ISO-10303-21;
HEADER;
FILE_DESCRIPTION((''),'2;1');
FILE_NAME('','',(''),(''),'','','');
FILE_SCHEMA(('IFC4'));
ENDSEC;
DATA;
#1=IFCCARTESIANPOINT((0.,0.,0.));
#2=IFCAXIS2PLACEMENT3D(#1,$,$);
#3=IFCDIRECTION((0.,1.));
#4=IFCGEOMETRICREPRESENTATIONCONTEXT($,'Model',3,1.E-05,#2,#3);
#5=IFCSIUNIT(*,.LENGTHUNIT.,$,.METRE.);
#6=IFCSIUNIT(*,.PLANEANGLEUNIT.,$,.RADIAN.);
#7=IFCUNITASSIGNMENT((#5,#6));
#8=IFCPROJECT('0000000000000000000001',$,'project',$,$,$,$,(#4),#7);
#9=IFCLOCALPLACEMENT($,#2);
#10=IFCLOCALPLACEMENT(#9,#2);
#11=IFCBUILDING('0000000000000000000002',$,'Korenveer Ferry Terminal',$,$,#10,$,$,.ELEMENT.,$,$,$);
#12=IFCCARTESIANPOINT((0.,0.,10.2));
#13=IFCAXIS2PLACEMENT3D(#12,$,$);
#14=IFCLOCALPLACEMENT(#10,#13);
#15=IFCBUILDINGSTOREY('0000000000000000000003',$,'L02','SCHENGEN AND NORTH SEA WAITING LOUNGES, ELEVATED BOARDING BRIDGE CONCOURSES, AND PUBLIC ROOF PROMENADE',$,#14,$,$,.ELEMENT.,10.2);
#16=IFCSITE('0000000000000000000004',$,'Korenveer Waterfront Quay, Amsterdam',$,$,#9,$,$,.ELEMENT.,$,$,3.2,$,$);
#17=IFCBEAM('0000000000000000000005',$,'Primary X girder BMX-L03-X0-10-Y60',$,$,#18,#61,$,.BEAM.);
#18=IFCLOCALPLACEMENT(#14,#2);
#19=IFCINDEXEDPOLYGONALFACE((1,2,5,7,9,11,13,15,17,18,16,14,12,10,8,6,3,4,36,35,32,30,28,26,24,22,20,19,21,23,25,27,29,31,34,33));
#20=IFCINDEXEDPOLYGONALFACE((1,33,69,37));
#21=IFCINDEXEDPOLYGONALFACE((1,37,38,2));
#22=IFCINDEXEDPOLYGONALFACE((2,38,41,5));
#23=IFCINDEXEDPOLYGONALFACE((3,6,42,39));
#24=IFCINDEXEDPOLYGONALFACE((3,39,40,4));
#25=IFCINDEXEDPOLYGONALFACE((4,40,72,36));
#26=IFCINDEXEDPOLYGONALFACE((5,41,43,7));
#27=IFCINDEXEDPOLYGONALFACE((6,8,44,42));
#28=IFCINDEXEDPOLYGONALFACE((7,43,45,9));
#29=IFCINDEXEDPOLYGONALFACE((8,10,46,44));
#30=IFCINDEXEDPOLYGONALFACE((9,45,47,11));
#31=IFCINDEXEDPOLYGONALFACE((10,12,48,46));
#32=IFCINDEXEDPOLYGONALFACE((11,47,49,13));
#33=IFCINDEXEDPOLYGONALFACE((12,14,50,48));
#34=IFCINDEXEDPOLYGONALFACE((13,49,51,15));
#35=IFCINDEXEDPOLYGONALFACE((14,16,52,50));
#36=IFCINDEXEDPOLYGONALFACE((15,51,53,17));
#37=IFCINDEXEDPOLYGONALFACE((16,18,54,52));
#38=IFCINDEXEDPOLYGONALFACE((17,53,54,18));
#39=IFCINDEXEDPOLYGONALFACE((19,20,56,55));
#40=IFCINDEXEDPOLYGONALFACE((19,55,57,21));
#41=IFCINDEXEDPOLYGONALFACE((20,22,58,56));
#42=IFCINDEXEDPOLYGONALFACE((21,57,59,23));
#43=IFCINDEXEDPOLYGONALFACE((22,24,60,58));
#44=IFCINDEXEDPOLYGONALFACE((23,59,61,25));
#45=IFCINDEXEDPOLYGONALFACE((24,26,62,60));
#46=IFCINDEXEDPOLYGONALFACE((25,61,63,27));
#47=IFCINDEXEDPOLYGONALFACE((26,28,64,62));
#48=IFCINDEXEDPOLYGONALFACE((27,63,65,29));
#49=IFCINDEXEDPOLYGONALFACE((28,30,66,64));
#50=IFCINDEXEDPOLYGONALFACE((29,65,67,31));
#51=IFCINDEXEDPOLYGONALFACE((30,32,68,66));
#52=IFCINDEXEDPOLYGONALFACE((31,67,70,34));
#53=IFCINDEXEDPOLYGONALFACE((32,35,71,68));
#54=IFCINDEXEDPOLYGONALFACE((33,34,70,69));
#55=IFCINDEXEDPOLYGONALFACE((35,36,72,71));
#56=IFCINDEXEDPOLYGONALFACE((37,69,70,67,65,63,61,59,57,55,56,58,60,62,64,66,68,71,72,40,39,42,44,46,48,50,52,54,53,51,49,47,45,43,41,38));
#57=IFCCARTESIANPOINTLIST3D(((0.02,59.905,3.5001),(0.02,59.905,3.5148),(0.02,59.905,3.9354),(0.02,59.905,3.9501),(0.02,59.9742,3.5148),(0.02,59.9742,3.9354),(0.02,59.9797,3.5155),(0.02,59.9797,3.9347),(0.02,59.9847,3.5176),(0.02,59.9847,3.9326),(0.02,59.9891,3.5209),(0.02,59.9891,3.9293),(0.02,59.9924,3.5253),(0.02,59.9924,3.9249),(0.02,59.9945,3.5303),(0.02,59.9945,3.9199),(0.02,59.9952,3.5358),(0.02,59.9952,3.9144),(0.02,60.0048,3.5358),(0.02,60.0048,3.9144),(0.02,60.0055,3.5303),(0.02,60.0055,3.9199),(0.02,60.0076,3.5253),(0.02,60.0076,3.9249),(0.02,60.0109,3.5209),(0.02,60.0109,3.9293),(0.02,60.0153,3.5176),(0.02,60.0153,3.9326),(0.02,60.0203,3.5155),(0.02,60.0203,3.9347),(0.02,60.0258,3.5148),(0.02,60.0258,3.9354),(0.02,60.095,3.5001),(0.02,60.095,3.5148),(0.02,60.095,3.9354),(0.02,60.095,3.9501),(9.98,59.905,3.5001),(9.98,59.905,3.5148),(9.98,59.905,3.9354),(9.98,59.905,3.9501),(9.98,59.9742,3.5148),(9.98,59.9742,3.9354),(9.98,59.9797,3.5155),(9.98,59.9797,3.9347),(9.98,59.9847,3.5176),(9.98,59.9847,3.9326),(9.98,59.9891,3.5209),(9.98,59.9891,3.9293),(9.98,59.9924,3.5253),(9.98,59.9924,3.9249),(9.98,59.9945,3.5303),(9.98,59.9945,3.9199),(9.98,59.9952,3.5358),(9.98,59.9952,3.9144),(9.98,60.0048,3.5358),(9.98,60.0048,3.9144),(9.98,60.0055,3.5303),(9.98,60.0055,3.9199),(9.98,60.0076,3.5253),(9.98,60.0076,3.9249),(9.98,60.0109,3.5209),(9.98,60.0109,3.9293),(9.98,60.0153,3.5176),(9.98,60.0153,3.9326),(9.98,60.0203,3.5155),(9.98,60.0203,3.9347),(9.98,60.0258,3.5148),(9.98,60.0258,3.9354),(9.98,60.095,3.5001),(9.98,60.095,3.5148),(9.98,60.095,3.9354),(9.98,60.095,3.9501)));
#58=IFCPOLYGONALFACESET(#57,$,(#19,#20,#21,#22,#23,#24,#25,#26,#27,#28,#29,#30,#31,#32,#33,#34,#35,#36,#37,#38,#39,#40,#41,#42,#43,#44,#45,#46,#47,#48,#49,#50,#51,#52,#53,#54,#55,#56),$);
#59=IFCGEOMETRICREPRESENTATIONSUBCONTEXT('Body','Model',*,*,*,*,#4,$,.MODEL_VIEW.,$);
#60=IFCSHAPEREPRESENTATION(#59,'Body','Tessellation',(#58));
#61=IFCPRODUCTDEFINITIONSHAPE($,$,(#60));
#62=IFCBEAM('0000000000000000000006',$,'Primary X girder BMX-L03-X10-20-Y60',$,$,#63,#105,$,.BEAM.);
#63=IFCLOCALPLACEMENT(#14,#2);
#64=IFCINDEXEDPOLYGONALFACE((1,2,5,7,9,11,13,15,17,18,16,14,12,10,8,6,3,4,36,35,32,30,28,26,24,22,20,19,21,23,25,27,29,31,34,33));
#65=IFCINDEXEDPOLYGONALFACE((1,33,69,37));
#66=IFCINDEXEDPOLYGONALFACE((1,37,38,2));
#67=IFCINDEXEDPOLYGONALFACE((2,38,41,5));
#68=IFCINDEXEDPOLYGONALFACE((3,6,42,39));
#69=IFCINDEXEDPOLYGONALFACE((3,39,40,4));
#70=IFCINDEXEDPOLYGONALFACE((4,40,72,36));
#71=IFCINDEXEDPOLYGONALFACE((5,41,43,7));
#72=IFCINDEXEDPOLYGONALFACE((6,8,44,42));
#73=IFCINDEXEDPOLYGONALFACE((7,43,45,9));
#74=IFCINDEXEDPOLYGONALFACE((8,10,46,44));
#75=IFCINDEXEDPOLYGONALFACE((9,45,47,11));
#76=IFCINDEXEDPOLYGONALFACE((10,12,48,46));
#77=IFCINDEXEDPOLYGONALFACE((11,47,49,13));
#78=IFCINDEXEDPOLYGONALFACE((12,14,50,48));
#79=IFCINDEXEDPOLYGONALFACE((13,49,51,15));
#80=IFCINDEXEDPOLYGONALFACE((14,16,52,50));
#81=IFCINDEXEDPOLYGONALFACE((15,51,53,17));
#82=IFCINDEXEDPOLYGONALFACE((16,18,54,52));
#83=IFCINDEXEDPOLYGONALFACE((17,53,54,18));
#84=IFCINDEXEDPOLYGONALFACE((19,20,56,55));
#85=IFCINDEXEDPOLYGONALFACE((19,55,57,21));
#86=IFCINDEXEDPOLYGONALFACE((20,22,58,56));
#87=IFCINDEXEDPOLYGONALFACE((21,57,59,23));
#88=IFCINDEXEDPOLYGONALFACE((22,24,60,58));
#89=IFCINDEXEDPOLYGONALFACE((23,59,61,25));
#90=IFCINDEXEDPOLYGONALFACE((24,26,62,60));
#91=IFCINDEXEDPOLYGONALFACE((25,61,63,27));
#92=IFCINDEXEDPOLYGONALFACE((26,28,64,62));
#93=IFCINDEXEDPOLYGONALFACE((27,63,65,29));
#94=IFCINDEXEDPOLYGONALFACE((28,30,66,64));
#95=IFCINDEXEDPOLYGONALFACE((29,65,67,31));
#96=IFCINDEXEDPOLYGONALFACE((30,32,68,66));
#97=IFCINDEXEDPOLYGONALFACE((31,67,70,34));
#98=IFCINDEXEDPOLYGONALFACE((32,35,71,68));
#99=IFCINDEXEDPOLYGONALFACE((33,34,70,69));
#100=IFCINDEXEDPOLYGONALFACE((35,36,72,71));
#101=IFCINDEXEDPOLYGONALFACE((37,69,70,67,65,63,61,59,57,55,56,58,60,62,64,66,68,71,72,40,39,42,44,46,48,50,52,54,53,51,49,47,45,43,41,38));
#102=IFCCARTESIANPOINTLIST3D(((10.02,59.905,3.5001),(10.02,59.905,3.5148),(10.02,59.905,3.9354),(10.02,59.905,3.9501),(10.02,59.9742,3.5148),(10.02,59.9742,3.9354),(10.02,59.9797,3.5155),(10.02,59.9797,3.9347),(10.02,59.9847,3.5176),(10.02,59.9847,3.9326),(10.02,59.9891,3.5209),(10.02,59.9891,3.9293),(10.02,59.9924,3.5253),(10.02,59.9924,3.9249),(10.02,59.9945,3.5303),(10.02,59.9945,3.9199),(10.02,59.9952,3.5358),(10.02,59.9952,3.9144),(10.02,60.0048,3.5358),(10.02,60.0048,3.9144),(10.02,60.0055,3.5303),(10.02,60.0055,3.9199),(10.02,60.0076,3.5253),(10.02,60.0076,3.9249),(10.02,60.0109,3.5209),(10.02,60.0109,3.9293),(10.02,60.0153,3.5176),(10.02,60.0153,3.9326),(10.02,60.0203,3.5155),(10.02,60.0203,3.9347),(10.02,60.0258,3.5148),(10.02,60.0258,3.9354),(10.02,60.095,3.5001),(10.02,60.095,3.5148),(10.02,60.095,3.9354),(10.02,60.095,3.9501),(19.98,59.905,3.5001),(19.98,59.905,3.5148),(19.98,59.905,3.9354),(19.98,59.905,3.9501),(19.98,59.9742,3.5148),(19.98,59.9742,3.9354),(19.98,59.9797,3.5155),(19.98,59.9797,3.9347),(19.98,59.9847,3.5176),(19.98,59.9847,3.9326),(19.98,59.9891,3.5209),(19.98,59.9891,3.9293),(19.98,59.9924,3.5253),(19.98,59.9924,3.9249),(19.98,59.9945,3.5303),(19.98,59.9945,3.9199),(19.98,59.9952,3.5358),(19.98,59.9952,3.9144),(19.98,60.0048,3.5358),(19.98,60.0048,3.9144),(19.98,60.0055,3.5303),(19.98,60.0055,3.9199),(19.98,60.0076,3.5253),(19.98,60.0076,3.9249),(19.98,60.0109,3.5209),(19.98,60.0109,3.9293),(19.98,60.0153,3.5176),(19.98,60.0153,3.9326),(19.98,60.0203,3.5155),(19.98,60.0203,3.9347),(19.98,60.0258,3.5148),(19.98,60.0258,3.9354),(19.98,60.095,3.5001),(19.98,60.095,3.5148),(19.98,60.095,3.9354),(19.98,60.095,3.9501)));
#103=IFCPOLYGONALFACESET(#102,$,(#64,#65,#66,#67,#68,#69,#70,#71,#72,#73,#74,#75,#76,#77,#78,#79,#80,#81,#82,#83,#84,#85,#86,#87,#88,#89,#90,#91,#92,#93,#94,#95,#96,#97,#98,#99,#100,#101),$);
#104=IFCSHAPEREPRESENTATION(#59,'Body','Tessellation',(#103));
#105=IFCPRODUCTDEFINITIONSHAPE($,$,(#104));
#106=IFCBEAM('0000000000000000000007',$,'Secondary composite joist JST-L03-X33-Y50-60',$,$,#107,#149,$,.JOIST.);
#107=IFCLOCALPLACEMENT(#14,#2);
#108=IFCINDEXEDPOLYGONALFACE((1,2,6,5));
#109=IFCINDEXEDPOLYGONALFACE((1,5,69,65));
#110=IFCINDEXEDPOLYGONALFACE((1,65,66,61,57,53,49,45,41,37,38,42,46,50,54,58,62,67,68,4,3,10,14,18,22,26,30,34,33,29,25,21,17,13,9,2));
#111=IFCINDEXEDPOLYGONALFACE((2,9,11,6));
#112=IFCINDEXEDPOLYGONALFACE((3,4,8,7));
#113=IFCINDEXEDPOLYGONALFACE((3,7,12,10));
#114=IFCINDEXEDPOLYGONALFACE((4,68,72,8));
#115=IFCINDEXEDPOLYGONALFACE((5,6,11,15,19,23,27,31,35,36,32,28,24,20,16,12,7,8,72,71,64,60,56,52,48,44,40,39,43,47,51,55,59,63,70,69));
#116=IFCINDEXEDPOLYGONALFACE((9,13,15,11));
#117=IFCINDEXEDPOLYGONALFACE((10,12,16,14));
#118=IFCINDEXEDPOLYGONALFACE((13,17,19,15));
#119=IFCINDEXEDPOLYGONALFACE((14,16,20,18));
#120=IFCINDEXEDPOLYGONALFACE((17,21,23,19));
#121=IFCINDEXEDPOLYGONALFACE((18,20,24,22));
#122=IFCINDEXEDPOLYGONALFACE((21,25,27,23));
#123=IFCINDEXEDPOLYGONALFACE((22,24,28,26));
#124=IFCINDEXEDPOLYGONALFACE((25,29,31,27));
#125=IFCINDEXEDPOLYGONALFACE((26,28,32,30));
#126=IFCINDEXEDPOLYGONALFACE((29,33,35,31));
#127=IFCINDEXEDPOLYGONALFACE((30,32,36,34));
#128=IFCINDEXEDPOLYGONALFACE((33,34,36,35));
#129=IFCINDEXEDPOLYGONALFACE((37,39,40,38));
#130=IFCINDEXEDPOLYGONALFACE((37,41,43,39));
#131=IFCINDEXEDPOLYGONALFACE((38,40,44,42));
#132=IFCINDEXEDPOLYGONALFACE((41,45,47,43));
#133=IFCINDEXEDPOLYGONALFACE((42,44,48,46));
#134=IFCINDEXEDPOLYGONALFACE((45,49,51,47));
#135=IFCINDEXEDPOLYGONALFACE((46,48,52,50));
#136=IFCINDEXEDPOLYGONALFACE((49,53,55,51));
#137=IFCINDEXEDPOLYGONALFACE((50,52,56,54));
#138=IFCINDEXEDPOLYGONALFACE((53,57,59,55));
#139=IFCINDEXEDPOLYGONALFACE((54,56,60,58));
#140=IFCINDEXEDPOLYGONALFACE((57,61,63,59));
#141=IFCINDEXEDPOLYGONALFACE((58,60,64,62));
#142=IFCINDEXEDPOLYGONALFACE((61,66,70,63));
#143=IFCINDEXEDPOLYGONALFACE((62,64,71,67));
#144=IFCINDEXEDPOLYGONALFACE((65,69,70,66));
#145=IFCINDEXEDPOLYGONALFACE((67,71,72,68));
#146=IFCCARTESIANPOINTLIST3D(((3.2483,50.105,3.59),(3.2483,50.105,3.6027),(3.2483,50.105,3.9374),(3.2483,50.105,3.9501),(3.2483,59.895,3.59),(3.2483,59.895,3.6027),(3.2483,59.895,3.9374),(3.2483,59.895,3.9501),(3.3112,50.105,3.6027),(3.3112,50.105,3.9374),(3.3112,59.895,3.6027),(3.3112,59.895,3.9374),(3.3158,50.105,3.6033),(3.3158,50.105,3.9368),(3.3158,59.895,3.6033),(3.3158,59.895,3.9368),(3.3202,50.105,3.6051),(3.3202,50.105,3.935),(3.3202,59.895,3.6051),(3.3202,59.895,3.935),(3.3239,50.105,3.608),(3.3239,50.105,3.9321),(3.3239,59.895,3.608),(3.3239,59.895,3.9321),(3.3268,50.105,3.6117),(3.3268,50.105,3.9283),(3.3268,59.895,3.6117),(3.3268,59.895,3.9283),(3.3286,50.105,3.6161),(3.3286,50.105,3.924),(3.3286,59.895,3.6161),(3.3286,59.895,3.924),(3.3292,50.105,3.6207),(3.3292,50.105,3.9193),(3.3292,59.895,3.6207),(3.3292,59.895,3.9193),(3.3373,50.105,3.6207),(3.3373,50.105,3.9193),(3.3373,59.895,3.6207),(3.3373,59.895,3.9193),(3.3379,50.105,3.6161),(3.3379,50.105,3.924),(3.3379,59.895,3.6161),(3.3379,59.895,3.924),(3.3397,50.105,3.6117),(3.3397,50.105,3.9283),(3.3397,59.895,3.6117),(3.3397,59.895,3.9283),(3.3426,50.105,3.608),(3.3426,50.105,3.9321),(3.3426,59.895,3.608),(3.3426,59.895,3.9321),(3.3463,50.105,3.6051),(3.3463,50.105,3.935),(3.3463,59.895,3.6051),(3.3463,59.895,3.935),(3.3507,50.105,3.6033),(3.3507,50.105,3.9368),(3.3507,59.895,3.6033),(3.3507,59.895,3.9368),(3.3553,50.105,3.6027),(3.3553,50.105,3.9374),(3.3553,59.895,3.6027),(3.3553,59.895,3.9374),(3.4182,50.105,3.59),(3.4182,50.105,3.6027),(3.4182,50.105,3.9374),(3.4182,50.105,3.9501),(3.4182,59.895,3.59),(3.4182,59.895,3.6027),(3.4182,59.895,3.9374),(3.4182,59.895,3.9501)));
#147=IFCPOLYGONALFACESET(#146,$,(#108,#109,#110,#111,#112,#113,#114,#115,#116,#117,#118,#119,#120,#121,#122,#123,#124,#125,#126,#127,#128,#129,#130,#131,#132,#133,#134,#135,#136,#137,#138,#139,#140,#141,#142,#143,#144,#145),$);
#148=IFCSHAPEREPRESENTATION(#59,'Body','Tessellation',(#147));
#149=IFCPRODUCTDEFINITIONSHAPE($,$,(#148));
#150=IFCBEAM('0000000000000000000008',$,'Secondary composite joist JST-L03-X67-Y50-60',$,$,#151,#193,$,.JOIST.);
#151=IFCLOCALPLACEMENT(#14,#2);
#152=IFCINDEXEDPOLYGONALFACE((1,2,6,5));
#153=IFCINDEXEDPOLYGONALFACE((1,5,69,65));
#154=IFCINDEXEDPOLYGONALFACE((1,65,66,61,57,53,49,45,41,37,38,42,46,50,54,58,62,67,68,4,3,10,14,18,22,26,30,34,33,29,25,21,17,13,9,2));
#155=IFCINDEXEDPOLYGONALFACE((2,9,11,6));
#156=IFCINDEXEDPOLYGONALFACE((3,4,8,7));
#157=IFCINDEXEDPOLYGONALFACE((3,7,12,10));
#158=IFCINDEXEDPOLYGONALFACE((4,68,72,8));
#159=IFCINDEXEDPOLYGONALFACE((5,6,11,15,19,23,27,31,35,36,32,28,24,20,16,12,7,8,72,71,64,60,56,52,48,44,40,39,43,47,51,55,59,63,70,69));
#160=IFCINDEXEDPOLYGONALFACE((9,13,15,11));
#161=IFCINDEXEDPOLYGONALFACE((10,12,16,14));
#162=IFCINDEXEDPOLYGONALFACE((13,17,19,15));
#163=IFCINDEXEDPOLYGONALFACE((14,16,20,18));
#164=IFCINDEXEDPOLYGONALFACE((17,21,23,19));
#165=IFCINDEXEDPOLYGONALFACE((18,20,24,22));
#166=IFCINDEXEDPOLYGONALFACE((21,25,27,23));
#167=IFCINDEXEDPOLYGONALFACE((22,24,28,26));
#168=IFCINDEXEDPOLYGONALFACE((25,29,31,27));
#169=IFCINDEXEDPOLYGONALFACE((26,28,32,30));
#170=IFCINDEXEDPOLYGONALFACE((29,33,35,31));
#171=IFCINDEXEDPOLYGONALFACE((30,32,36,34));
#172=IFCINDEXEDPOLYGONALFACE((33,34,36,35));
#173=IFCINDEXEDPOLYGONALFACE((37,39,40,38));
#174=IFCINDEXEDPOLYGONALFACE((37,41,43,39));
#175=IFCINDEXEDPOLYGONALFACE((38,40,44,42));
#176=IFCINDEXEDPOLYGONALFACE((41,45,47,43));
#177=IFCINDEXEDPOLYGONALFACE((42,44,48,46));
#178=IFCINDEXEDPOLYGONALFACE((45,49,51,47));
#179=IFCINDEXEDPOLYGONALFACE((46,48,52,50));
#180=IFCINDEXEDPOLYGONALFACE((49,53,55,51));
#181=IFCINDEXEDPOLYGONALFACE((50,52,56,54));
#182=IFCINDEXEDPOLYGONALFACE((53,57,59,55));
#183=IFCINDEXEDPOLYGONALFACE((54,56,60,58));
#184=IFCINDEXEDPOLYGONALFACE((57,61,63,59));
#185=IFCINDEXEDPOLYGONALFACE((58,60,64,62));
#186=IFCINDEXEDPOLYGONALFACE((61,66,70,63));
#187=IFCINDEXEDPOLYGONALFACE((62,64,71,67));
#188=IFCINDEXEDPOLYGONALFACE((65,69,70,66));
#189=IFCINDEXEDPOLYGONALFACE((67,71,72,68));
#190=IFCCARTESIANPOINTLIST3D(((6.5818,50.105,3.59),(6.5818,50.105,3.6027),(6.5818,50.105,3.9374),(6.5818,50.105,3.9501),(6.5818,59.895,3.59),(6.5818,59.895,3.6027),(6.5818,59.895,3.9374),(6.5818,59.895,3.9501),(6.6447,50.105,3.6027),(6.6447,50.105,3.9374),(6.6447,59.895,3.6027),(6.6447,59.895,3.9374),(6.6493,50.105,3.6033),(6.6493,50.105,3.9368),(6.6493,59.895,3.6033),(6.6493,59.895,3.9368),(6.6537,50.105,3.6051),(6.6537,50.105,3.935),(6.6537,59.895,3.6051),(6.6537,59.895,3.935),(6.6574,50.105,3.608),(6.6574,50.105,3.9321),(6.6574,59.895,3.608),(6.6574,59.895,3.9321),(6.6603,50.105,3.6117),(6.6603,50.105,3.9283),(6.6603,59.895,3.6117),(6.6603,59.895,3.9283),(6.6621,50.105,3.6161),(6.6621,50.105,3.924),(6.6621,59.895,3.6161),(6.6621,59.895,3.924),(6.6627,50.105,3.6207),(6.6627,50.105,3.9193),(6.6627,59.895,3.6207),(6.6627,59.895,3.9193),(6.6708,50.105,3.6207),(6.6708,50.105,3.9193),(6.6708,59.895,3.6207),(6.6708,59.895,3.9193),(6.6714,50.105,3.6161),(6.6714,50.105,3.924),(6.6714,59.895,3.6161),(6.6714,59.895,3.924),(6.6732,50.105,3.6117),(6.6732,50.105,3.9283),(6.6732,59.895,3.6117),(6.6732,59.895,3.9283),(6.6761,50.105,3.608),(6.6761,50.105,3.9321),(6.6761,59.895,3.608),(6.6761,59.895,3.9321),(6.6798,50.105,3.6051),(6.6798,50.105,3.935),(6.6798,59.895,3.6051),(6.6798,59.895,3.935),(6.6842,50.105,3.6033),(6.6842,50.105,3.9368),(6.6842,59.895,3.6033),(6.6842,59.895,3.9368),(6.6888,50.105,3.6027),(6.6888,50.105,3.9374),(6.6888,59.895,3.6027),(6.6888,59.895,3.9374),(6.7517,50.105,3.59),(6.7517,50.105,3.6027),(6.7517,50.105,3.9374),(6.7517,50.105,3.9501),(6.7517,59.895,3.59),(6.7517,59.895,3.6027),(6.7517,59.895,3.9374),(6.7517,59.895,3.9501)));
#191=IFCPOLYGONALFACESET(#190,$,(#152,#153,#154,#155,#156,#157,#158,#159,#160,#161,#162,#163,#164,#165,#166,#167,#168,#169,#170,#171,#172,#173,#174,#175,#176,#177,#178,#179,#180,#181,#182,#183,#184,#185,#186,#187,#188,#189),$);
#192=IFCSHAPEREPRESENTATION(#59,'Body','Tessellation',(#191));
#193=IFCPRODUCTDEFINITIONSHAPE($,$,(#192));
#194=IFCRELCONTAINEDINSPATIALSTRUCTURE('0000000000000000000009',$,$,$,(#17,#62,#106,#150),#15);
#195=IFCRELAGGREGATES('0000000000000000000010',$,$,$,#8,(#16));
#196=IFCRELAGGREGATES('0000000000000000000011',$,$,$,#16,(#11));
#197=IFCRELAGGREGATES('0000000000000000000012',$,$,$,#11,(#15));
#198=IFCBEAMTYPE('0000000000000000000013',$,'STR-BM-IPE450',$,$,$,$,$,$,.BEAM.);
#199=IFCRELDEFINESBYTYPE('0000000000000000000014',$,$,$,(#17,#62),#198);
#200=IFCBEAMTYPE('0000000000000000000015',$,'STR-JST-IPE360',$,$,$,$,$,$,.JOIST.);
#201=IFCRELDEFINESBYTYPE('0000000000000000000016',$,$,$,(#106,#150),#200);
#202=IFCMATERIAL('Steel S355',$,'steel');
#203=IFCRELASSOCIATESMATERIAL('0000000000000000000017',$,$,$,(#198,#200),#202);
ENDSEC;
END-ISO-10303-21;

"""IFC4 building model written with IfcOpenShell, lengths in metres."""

from ifc_helpers import new_model, si_unit, direction, frame, origin, origin_2d, place, context, subcontext, project, spatial, i_section, extrude, material, material_profile, profile_set, type_object, element, save


model = new_model("IFC4")

# Units and contexts
model_context = context("Model", 3, precision=1e-05, world=origin(), true_north=direction((0.0, 1.0)))
body_context = subcontext(model_context, "Body", "Model", "MODEL_VIEW")
ifc_project = project(units=[si_unit("LENGTHUNIT", "METRE"), si_unit("PLANEANGLEUNIT", "RADIAN")], contexts=[model_context])

# Site, building, storey
site_placement = place(None, origin())
site = spatial("IfcSite", under=ifc_project, at=site_placement, Name="Korenveer Waterfront Quay, Amsterdam", CompositionType="ELEMENT", RefElevation=3.2)
building_placement = place(site_placement, origin())
building = spatial("IfcBuilding", under=site, at=building_placement, Name="Korenveer Ferry Terminal", CompositionType="ELEMENT")
storey_placement = place(building_placement, frame((0.0, 0.0, 10.2)))
storey = spatial("IfcBuildingStorey", under=building, at=storey_placement, Name="L02", Description="SCHENGEN AND NORTH SEA WAITING LOUNGES, ELEVATED BOARDING BRIDGE CONCOURSES, AND PUBLIC ROOF PROMENADE", CompositionType="ELEMENT", Elevation=10.2)

# Shared definitions
ifc_material_1 = material(Name="Steel S355", Category="steel")

# Beams
ifc_material_profile_1 = material_profile(ifc_material_1, i_section(OverallWidth=0.1899, OverallDepth=0.45, WebThickness=0.0095, FlangeThickness=0.0146, FilletRadius=0.021, at=origin_2d()), Name="IPE 450")
ifc_profile_set_1 = profile_set([ifc_material_profile_1], Name="Steel S355")
beam_type_1 = type_object("IfcBeamType", Name="STR-BM-IPE450", PredefinedType="BEAM", material=ifc_profile_set_1)
for number, where, z_axis, x_axis, name in (
    (1, (0.02, 60.0, 3.7251), (1.0, 0.0, 0.0), (0.0, 1.0, 0.0), "Primary X girder BMX-L03-X0-10-Y60"),
    (2, (10.02, 60.0, 3.7251), (1.0, 0.0, 0.0), (0.0, 1.0, 0.0), "Primary X girder BMX-L03-X10-20-Y60"),
):
    element("IfcBeam", number, at=place(storey_placement, frame(where, z_axis=z_axis, x_axis=x_axis)), inside=storey, type_object=beam_type_1, Name=name, PredefinedType="BEAM", context=body_context, shape_type="SweptSolid", body=[
        extrude(i_section(OverallWidth=0.1899, OverallDepth=0.45, WebThickness=0.0095, FlangeThickness=0.0146, FilletRadius=0.021, at=origin_2d()), origin(), (0.0, 0.0, 1.0), 9.96),
    ])
ifc_material_profile_2 = material_profile(ifc_material_1, i_section(OverallWidth=0.1699, OverallDepth=0.3601, WebThickness=0.0081, FlangeThickness=0.0127, FilletRadius=0.0181, at=origin_2d()), Name="IPE 360")
ifc_profile_set_2 = profile_set([ifc_material_profile_2], Name="Steel S355")
beam_type_2 = type_object("IfcBeamType", Name="STR-JST-IPE360", PredefinedType="JOIST", material=ifc_profile_set_2)
for number, where, z_axis, x_axis, name in (
    (3, (3.3333, 50.105, 3.77), (0.0, 1.0, 0.0), (-1.0, 0.0, 0.0), "Secondary composite joist JST-L03-X33-Y50-60"),
    (4, (6.6667, 50.105, 3.77), (0.0, 1.0, 0.0), (-1.0, 0.0, 0.0), "Secondary composite joist JST-L03-X67-Y50-60"),
):
    element("IfcBeam", number, at=place(storey_placement, frame(where, z_axis=z_axis, x_axis=x_axis)), inside=storey, type_object=beam_type_2, Name=name, PredefinedType="JOIST", context=body_context, shape_type="SweptSolid", body=[
        extrude(i_section(OverallWidth=0.1699, OverallDepth=0.3601, WebThickness=0.0081, FlangeThickness=0.0127, FilletRadius=0.0181, at=origin_2d()), origin(), (0.0, 0.0, 1.0), 9.79),
    ])

save(model, "model.ifc")
